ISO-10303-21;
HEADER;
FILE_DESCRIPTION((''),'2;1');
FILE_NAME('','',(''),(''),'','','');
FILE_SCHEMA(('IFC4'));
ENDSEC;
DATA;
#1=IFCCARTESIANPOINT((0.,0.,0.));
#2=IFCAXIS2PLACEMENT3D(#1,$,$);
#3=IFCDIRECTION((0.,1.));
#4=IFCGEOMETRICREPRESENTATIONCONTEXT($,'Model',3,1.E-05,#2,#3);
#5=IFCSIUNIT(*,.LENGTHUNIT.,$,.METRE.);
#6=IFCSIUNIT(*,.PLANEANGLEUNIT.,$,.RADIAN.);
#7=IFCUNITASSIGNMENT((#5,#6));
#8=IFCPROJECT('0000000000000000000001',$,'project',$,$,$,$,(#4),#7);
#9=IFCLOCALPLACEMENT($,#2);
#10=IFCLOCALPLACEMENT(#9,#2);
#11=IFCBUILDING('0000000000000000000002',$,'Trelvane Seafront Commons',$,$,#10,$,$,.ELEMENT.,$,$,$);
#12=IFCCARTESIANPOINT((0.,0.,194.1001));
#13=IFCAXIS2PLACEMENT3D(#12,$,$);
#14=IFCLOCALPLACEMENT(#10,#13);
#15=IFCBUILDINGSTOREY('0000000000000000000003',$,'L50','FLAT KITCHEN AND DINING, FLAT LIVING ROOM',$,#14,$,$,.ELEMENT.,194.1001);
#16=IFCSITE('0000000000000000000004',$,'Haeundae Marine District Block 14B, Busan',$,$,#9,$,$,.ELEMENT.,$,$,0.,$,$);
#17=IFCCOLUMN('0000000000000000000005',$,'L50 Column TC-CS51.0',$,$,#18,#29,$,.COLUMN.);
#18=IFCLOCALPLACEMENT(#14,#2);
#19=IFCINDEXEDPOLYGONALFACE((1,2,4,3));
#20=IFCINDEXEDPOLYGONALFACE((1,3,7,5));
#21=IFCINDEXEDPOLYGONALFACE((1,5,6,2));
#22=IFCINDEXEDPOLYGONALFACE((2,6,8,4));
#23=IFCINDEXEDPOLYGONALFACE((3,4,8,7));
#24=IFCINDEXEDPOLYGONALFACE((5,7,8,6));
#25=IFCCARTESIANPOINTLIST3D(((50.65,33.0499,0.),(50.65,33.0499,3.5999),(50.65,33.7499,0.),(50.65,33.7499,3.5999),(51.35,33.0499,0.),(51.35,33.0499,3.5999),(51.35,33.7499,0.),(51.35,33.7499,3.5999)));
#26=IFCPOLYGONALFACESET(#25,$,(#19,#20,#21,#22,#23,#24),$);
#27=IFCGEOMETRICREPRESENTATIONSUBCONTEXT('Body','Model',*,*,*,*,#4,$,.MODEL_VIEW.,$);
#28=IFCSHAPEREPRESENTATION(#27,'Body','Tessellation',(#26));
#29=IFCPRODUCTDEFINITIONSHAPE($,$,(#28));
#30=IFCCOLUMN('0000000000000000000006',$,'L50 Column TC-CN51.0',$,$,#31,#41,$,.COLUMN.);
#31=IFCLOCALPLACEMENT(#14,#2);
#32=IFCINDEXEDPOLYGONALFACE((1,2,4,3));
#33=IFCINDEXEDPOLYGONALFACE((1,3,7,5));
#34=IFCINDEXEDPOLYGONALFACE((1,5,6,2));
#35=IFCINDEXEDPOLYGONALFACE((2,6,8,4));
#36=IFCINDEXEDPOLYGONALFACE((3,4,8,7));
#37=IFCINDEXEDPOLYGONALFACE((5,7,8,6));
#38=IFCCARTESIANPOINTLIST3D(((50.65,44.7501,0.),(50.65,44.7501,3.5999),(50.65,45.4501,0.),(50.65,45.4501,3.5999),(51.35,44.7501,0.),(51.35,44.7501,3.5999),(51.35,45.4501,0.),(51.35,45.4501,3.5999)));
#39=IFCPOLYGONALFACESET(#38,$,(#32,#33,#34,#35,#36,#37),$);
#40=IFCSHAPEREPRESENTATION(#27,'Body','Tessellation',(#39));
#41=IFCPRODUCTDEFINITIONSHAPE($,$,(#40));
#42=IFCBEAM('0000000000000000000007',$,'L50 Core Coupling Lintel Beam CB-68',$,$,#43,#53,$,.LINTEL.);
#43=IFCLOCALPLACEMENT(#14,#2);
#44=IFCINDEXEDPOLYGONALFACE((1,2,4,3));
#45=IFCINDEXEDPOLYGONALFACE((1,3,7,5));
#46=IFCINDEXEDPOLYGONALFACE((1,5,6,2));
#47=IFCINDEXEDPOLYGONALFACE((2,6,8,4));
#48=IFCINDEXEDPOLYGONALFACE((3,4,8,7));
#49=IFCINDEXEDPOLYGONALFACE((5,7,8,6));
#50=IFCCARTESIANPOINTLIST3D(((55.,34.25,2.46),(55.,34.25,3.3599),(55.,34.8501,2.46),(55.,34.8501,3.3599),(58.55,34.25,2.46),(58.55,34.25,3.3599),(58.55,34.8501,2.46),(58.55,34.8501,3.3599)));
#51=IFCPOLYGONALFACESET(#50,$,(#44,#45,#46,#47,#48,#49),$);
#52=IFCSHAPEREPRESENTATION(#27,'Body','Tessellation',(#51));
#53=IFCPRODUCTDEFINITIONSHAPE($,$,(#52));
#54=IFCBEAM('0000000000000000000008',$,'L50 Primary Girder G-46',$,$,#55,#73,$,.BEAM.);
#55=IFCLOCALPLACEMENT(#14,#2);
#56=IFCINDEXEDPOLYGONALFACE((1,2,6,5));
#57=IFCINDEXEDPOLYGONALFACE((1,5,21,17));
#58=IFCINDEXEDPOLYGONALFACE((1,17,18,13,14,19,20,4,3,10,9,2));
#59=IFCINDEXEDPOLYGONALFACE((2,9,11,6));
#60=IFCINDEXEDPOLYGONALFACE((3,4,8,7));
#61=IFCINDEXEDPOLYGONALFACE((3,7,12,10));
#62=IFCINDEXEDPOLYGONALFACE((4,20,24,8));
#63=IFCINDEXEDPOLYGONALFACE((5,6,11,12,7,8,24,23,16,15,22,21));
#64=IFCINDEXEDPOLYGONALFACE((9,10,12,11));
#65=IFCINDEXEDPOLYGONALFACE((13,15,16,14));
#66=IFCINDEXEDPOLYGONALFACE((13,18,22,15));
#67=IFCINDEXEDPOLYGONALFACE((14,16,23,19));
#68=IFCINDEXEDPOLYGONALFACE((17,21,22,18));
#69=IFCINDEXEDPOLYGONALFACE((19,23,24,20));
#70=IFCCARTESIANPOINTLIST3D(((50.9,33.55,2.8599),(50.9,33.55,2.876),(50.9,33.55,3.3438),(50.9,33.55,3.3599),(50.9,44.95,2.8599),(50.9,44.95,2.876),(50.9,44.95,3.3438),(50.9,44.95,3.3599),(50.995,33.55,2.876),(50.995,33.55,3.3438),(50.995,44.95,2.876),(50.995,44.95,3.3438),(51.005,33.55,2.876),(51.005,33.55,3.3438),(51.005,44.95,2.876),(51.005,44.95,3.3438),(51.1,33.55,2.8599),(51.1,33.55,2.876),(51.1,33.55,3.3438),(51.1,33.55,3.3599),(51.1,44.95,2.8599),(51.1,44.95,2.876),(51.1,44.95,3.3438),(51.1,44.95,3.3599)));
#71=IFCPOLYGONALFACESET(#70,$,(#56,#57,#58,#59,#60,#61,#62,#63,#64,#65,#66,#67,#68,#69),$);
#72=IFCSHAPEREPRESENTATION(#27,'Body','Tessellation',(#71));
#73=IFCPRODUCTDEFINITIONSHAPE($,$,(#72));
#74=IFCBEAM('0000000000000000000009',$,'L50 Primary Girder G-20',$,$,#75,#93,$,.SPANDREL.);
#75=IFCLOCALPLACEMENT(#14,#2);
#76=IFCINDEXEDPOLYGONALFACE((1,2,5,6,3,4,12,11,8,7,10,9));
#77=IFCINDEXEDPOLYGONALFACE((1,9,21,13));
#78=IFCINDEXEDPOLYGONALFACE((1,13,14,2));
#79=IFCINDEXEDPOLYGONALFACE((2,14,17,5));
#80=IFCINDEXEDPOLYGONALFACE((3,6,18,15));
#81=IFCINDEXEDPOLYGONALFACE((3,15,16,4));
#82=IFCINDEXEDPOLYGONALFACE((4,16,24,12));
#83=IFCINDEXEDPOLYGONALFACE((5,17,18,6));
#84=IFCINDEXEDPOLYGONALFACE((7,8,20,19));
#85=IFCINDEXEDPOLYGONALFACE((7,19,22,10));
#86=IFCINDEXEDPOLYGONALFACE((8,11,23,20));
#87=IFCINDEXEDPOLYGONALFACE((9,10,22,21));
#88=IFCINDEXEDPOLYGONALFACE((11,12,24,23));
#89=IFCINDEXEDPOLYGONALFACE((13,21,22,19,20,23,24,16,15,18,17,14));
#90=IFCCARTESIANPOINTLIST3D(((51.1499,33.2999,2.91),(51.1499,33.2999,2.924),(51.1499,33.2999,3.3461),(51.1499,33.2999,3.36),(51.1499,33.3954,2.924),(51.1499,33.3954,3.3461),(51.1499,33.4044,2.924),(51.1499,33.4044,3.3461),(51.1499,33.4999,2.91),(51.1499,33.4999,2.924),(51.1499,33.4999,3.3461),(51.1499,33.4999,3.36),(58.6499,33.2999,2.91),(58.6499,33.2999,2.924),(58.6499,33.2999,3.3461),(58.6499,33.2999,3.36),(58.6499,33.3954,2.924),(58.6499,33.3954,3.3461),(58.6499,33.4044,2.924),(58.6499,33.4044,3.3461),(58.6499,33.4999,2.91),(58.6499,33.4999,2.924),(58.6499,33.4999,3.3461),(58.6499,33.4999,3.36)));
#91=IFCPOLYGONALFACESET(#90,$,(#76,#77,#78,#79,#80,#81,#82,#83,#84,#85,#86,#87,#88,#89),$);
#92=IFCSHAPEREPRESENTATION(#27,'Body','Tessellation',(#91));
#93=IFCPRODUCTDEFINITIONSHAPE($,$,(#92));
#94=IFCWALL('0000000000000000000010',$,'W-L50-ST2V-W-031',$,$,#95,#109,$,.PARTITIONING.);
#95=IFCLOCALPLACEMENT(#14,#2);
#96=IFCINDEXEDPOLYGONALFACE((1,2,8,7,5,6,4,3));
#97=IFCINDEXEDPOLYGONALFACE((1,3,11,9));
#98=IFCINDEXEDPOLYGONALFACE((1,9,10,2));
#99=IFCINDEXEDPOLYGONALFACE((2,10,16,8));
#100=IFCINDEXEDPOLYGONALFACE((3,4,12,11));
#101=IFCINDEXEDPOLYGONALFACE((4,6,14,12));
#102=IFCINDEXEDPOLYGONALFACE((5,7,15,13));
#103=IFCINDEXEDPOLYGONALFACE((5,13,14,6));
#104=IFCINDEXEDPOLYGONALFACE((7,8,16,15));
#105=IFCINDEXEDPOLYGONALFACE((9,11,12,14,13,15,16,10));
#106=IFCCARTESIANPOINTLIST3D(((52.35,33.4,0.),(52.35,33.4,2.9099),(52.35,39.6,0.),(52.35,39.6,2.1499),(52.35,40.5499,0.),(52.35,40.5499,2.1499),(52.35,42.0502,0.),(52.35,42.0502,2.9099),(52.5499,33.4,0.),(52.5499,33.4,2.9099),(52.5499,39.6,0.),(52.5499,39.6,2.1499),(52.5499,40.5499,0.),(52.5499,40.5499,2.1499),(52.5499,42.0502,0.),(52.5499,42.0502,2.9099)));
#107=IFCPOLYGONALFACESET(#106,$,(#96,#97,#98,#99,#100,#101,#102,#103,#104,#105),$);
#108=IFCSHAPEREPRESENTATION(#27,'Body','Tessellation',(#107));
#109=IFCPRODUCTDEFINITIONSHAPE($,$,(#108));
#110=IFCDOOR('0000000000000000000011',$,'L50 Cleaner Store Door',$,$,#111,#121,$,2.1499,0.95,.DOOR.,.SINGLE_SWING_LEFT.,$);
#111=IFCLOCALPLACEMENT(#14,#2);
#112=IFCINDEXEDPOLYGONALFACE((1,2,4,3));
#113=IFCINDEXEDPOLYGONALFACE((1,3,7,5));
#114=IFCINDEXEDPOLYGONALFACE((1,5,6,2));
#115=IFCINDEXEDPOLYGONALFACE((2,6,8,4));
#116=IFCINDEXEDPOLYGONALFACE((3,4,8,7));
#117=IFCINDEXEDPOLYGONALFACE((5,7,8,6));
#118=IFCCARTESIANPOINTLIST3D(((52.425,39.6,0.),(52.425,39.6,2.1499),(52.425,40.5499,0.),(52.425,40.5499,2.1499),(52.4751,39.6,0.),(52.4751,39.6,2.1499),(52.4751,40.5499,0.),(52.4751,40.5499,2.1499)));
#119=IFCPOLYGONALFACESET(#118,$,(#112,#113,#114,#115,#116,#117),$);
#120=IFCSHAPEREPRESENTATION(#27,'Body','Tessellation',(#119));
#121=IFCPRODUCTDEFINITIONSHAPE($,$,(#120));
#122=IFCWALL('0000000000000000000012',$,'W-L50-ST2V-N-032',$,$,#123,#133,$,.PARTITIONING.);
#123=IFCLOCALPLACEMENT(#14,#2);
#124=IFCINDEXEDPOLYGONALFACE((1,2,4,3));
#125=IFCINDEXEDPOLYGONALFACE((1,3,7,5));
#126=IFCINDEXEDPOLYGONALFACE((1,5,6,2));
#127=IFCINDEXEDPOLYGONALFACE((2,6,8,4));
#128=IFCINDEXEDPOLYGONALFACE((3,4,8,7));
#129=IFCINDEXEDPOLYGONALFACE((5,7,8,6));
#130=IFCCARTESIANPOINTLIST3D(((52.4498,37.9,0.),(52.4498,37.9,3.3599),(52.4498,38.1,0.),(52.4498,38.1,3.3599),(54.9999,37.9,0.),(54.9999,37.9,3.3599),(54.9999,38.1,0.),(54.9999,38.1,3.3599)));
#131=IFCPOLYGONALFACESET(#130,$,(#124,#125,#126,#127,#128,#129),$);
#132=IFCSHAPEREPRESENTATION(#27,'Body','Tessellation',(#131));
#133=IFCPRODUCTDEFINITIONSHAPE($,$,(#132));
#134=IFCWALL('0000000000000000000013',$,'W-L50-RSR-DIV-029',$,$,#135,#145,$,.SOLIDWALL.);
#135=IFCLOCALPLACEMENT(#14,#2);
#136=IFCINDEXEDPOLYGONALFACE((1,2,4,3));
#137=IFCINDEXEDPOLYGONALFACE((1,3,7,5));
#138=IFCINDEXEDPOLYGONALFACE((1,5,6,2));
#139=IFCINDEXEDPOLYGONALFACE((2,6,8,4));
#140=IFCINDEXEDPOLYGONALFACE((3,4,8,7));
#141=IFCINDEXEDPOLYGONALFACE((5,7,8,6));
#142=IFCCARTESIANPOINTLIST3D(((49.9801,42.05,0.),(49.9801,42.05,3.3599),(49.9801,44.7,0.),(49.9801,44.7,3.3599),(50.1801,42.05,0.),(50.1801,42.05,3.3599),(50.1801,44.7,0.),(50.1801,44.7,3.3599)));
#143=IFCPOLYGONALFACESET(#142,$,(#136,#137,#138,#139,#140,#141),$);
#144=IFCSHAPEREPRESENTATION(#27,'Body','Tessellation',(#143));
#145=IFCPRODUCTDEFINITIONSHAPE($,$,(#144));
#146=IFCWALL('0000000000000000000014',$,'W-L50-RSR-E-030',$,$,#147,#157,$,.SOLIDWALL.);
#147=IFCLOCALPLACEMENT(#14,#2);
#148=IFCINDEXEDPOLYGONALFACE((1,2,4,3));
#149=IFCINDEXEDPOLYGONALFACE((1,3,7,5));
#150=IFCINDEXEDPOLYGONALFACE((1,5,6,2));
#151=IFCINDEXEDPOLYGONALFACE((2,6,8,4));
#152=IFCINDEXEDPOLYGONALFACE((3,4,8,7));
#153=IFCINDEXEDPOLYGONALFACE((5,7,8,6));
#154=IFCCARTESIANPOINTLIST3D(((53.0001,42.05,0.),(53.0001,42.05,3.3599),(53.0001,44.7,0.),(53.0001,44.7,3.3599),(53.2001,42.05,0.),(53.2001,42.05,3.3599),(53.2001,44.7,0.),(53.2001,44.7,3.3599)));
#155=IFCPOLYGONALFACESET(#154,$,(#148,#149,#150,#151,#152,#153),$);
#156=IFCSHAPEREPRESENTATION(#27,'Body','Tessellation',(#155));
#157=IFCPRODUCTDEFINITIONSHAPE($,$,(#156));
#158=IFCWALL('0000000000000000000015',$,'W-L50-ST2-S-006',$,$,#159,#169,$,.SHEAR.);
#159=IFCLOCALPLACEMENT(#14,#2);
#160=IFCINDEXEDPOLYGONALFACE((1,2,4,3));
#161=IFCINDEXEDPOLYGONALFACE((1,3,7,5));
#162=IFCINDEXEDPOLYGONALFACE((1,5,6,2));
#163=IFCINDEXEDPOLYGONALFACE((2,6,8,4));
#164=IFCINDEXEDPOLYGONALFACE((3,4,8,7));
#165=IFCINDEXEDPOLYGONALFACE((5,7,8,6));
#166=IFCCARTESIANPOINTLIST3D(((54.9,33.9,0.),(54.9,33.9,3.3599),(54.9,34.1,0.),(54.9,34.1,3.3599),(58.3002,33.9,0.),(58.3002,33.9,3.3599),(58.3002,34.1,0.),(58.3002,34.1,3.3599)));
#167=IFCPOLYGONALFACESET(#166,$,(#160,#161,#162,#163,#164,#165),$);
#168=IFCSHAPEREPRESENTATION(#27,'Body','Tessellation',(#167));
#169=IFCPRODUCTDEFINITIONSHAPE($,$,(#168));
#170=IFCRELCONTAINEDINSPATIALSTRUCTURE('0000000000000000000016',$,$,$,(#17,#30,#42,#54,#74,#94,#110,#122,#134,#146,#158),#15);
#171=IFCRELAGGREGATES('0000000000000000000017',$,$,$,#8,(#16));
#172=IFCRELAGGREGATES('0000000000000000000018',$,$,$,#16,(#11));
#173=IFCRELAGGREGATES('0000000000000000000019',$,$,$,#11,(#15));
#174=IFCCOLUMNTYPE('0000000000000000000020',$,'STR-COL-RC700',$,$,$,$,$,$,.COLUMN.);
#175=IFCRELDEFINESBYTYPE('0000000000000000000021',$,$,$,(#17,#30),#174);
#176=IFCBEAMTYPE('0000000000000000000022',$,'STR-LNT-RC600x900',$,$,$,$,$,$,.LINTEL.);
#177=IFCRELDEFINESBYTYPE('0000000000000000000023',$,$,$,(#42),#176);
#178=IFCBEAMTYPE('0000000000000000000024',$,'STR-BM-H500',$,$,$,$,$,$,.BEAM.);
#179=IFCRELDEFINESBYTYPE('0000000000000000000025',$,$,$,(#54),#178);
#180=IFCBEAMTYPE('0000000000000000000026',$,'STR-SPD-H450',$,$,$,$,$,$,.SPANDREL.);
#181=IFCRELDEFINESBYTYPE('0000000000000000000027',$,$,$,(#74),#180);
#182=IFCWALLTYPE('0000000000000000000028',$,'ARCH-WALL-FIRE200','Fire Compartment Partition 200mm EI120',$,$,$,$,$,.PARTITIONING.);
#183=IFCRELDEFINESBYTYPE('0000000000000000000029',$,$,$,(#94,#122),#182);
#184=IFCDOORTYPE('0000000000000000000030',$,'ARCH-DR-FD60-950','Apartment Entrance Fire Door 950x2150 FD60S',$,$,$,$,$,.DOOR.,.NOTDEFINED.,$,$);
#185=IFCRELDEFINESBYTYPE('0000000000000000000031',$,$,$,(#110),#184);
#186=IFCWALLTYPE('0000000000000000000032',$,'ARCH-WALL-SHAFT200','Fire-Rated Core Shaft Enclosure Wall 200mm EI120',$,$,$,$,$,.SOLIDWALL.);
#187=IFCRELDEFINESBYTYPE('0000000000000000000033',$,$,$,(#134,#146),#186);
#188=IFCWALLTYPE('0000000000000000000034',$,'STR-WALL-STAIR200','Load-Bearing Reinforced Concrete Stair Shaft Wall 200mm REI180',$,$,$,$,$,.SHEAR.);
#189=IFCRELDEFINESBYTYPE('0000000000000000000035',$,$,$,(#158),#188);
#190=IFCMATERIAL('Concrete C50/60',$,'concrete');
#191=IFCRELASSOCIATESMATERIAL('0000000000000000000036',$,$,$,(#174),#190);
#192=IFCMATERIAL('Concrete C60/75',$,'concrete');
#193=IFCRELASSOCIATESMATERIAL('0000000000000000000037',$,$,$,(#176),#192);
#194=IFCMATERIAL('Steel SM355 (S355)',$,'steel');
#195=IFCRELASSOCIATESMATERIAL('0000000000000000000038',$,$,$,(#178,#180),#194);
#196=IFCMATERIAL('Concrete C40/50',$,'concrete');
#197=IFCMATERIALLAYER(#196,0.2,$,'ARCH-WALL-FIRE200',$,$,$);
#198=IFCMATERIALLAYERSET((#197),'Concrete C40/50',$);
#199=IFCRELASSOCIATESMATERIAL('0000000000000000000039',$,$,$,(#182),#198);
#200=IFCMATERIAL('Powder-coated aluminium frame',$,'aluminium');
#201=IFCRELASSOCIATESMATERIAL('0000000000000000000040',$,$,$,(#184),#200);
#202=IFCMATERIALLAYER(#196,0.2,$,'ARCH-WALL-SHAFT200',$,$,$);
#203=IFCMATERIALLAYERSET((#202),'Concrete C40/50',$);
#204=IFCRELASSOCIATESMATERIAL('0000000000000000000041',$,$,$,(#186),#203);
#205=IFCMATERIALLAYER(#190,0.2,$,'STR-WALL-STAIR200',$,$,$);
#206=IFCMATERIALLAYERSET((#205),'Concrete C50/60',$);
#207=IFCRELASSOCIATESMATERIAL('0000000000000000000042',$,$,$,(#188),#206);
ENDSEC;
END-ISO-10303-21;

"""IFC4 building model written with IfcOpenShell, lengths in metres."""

from ifc_helpers import new_model, si_unit, direction, frame, frame_2d, origin, origin_2d, place, context, subcontext, project, spatial, rectangle, i_section, extrude, source, transform, mapped, material, layer, layer_set, material_profile, profile_set, type_object, element, fill, save


model = new_model("IFC4")

# Units and contexts
model_context = context("Model", 3, precision=1e-05, world=origin(), true_north=direction((0.0, 1.0)))
body_context = subcontext(model_context, "Body", "Model", "MODEL_VIEW")
ifc_project = project(units=[si_unit("LENGTHUNIT", "METRE"), si_unit("PLANEANGLEUNIT", "RADIAN")], contexts=[model_context])

# Site, building, storey
site_placement = place(None, origin())
site = spatial("IfcSite", under=ifc_project, at=site_placement, Name="Haeundae Marine District Block 14B, Busan", CompositionType="ELEMENT", RefElevation=0.0)
building_placement = place(site_placement, origin())
building = spatial("IfcBuilding", under=site, at=building_placement, Name="Trelvane Seafront Commons", CompositionType="ELEMENT")
storey_placement = place(building_placement, frame((0.0, 0.0, 194.1001)))
storey = spatial("IfcBuildingStorey", under=building, at=storey_placement, Name="L50", Description="FLAT KITCHEN AND DINING, FLAT LIVING ROOM", CompositionType="ELEMENT", Elevation=194.1001)

# Columns
ifc_material_1 = material(Name="Concrete C50/60", Category="concrete")
ifc_material_profile_1 = material_profile(ifc_material_1, rectangle(XDim=0.7, YDim=0.7, at=origin_2d()), Name="RC-700x700")
ifc_profile_set_1 = profile_set([ifc_material_profile_1], Name="Concrete C50/60")
column_type = type_object("IfcColumnType", Name="STR-COL-RC700", PredefinedType="COLUMN", material=ifc_profile_set_1)
shared_shape_1 = source(origin(), body_context, "Body", "SweptSolid", [
    extrude(rectangle(XDim=0.7, YDim=0.7, at=origin_2d()), origin(), (0.0, 0.0, 1.0), 3.5999),
])
for number, where, z_axis, x_axis, name in (
    (1, (51.0, 33.3999, 0.0), (0.0, 0.0, 1.0), (1.0, 0.0, 0.0), "L50 Column TC-CS51.0"),
    (2, (51.0, 45.1001, 0.0), (0.0, 0.0, 1.0), (1.0, 0.0, 0.0), "L50 Column TC-CN51.0"),
):
    element("IfcColumn", number, at=place(storey_placement, frame(where, z_axis=z_axis, x_axis=x_axis)), inside=storey, type_object=column_type, Name=name, PredefinedType="COLUMN", context=body_context, shape_type="MappedRepresentation", body=[
        mapped(shared_shape_1, transform((0.0, 0.0, 0.0), x_axis=(1.0, 0.0, 0.0), y_axis=(0.0, 1.0, 0.0), z_axis=(0.0, 0.0, 1.0), scale=1.0)),
    ])

# Beams
ifc_material_2 = material(Name="Concrete C60/75", Category="concrete")
ifc_material_profile_2 = material_profile(ifc_material_2, rectangle(XDim=0.6001, YDim=0.8999, at=origin_2d()), Name="RC-600x900")
ifc_profile_set_2 = profile_set([ifc_material_profile_2], Name="Concrete C60/75")
beam_type_1 = type_object("IfcBeamType", Name="STR-LNT-RC600x900", PredefinedType="LINTEL", material=ifc_profile_set_2)
shared_shape_2 = source(origin(), body_context, "Body", "SweptSolid", [
    extrude(rectangle(XDim=0.6001, YDim=0.8999, at=origin_2d()), origin(), (0.0, 0.0, 1.0), 3.55),
])
beam_1_placement = place(storey_placement, frame((55.0, 34.55, 2.9099), z_axis=(1.0, 0.0, 0.0), x_axis=(0.0, 1.0, 0.0)))
element("IfcBeam", 3, at=beam_1_placement, inside=storey, type_object=beam_type_1, Name="L50 Core Coupling Lintel Beam CB-68", PredefinedType="LINTEL", context=body_context, shape_type="MappedRepresentation", body=[
    mapped(shared_shape_2, transform((0.0, 0.0, 0.0), x_axis=(1.0, 0.0, 0.0), y_axis=(0.0, 1.0, 0.0), z_axis=(0.0, 0.0, 1.0), scale=1.0)),
])
ifc_material_3 = material(Name="Steel SM355 (S355)", Category="steel")
ifc_material_profile_3 = material_profile(ifc_material_3, i_section(OverallWidth=0.2, OverallDepth=0.5, WebThickness=0.01, FlangeThickness=0.0161, at=origin_2d()), Name="H-500x200x10x16")
ifc_profile_set_3 = profile_set([ifc_material_profile_3], Name="Steel SM355 (S355)")
beam_type_2 = type_object("IfcBeamType", Name="STR-BM-H500", PredefinedType="BEAM", material=ifc_profile_set_3)
shared_shape_3 = source(origin(), body_context, "Body", "SweptSolid", [
    extrude(i_section(OverallWidth=0.2, OverallDepth=0.5, WebThickness=0.01, FlangeThickness=0.0161, at=origin_2d()), origin(), (0.0, 0.0, 1.0), 11.3999),
])
beam_2_placement = place(storey_placement, frame((51.0, 33.55, 3.1099), z_axis=(0.0, 1.0, 0.0), x_axis=(-1.0, 0.0, 0.0)))
element("IfcBeam", 4, at=beam_2_placement, inside=storey, type_object=beam_type_2, Name="L50 Primary Girder G-46", PredefinedType="BEAM", context=body_context, shape_type="MappedRepresentation", body=[
    mapped(shared_shape_3, transform((0.0, 0.0, 0.0), x_axis=(1.0, 0.0, 0.0), y_axis=(0.0, 1.0, 0.0), z_axis=(0.0, 0.0, 1.0), scale=1.0)),
])
ifc_material_profile_4 = material_profile(ifc_material_3, i_section(OverallWidth=0.2, OverallDepth=0.45, WebThickness=0.009, FlangeThickness=0.0139, at=origin_2d()), Name="H-450x200x9x14")
ifc_profile_set_4 = profile_set([ifc_material_profile_4], Name="Steel SM355 (S355)")
beam_type_3 = type_object("IfcBeamType", Name="STR-SPD-H450", PredefinedType="SPANDREL", material=ifc_profile_set_4)
shared_shape_4 = source(origin(), body_context, "Body", "SweptSolid", [
    extrude(i_section(OverallWidth=0.2, OverallDepth=0.45, WebThickness=0.009, FlangeThickness=0.0139, at=origin_2d()), origin(), (0.0, 0.0, 1.0), 7.5),
])
beam_3_placement = place(storey_placement, frame((51.1499, 33.3999, 3.135), z_axis=(1.0, 0.0, 0.0), x_axis=(0.0, 1.0, 0.0)))
element("IfcBeam", 5, at=beam_3_placement, inside=storey, type_object=beam_type_3, Name="L50 Primary Girder G-20", PredefinedType="SPANDREL", context=body_context, shape_type="MappedRepresentation", body=[
    mapped(shared_shape_4, transform((0.0, 0.0, 0.0), x_axis=(1.0, 0.0, 0.0), y_axis=(0.0, 1.0, 0.0), z_axis=(0.0, 0.0, 1.0), scale=1.0)),
])

# Wall, opening, door
ifc_material_4 = material(Name="Concrete C40/50", Category="concrete")
ifc_layer_1 = layer(ifc_material_4, 0.2, Name="ARCH-WALL-FIRE200")
ifc_layer_set_1 = layer_set([ifc_layer_1], Name="Concrete C40/50")
wall_type_1 = type_object("IfcWallType", Name="ARCH-WALL-FIRE200", Description="Fire Compartment Partition 200mm EI120", PredefinedType="PARTITIONING", material=ifc_layer_set_1)
wall_1_placement = place(storey_placement, frame((52.45, 33.3999, 0.0), z_axis=(0.0, 0.0, 1.0), x_axis=(0.0, 1.0, 0.0)))
wall_1 = element("IfcWall", 6, at=wall_1_placement, inside=storey, type_object=wall_type_1, Name="W-L50-ST2V-W-031", PredefinedType="PARTITIONING", context=body_context, shape_type="SweptSolid", body=[
    extrude(rectangle(XDim=8.6501, YDim=0.2, at=frame_2d((4.3252, 0.0))), origin(), (0.0, 0.0, 1.0), 2.9099),
])
opening_1_placement = place(wall_1_placement, frame((6.2, 0.0, 0.0)))
opening_1 = element("IfcOpeningElement", 7, at=opening_1_placement, cuts=wall_1, PredefinedType="OPENING", context=body_context, shape_type="SweptSolid", body=[
    extrude(rectangle(XDim=0.95, YDim=2.1499, at=frame_2d((0.4751, 1.075))), frame((0.0, 0.1099, 0.0), z_axis=(0.0, -1.0, 0.0), x_axis=(1.0, 0.0, 0.0)), (0.0, 0.0, 1.0), 0.22),
])
ifc_material_5 = material(Name="Powder-coated aluminium frame", Category="aluminium")
door_type_1 = type_object("IfcDoorType", Name="ARCH-DR-FD60-950", Description="Apartment Entrance Fire Door 950x2150 FD60S", OperationType="NOTDEFINED", PredefinedType="DOOR", material=ifc_material_5)
shared_shape_5 = source(origin(), body_context, "Body", "SweptSolid", [
    extrude(rectangle(XDim=0.95, YDim=2.1499, at=frame_2d((0.4751, 1.075))), frame((0.0, 0.0249, 0.0), z_axis=(0.0, -1.0, 0.0), x_axis=(1.0, 0.0, 0.0)), (0.0, 0.0, 1.0), 0.05),
])
door_1_placement = place(opening_1_placement, origin())
door_1 = element("IfcDoor", 8, at=door_1_placement, inside=storey, type_object=door_type_1, Name="L50 Cleaner Store Door", OperationType="SINGLE_SWING_LEFT", OverallHeight=2.1499, OverallWidth=0.95, PredefinedType="DOOR", context=body_context, shape_type="MappedRepresentation", body=[
    mapped(shared_shape_5, transform((0.0, 0.0, 0.0), x_axis=(1.0, 0.0, 0.0), y_axis=(0.0, 1.0, 0.0), z_axis=(0.0, 0.0, 1.0), scale=1.0)),
])
fill(opening_1, door_1)

# Wall
wall_2_placement = place(storey_placement, frame((52.45, 38.0, 0.0), z_axis=(0.0, 0.0, 1.0), x_axis=(1.0, 0.0, 0.0)))
element("IfcWall", 9, at=wall_2_placement, inside=storey, type_object=wall_type_1, Name="W-L50-ST2V-N-032", PredefinedType="PARTITIONING", context=body_context, shape_type="SweptSolid", body=[
    extrude(rectangle(XDim=2.55, YDim=0.2, at=frame_2d((1.2749, 0.0))), origin(), (0.0, 0.0, 1.0), 3.3599),
])

# Walls
ifc_layer_2 = layer(ifc_material_4, 0.2, Name="ARCH-WALL-SHAFT200")
ifc_layer_set_2 = layer_set([ifc_layer_2], Name="Concrete C40/50")
wall_type_2 = type_object("IfcWallType", Name="ARCH-WALL-SHAFT200", Description="Fire-Rated Core Shaft Enclosure Wall 200mm EI120", PredefinedType="SOLIDWALL", material=ifc_layer_set_2)
for number, where, z_axis, x_axis, name in (
    (10, (50.0801, 42.05, 0.0), (0.0, 0.0, 1.0), (0.0, 1.0, 0.0), "W-L50-RSR-DIV-029"),
    (11, (53.1001, 42.05, 0.0), (0.0, 0.0, 1.0), (0.0, 1.0, 0.0), "W-L50-RSR-E-030"),
):
    element("IfcWall", number, at=place(storey_placement, frame(where, z_axis=z_axis, x_axis=x_axis)), inside=storey, type_object=wall_type_2, Name=name, PredefinedType="SOLIDWALL", context=body_context, shape_type="SweptSolid", body=[
        extrude(rectangle(XDim=2.6499, YDim=0.2, at=frame_2d((1.325, 0.0))), origin(), (0.0, 0.0, 1.0), 3.3599),
    ])
ifc_layer_3 = layer(ifc_material_1, 0.2, Name="STR-WALL-STAIR200")
ifc_layer_set_3 = layer_set([ifc_layer_3], Name="Concrete C50/60")
wall_type_3 = type_object("IfcWallType", Name="STR-WALL-STAIR200", Description="Load-Bearing Reinforced Concrete Stair Shaft Wall 200mm REI180", PredefinedType="SHEAR", material=ifc_layer_set_3)
wall_3_placement = place(storey_placement, frame((54.8999, 34.0, 0.0), z_axis=(0.0, 0.0, 1.0), x_axis=(1.0, 0.0, 0.0)))
element("IfcWall", 12, at=wall_3_placement, inside=storey, type_object=wall_type_3, Name="W-L50-ST2-S-006", PredefinedType="SHEAR", context=body_context, shape_type="SweptSolid", body=[
    extrude(rectangle(XDim=3.4001, YDim=0.2, at=frame_2d((1.7002, 0.0))), origin(), (0.0, 0.0, 1.0), 3.3599),
])

save(model, "model.ifc")
